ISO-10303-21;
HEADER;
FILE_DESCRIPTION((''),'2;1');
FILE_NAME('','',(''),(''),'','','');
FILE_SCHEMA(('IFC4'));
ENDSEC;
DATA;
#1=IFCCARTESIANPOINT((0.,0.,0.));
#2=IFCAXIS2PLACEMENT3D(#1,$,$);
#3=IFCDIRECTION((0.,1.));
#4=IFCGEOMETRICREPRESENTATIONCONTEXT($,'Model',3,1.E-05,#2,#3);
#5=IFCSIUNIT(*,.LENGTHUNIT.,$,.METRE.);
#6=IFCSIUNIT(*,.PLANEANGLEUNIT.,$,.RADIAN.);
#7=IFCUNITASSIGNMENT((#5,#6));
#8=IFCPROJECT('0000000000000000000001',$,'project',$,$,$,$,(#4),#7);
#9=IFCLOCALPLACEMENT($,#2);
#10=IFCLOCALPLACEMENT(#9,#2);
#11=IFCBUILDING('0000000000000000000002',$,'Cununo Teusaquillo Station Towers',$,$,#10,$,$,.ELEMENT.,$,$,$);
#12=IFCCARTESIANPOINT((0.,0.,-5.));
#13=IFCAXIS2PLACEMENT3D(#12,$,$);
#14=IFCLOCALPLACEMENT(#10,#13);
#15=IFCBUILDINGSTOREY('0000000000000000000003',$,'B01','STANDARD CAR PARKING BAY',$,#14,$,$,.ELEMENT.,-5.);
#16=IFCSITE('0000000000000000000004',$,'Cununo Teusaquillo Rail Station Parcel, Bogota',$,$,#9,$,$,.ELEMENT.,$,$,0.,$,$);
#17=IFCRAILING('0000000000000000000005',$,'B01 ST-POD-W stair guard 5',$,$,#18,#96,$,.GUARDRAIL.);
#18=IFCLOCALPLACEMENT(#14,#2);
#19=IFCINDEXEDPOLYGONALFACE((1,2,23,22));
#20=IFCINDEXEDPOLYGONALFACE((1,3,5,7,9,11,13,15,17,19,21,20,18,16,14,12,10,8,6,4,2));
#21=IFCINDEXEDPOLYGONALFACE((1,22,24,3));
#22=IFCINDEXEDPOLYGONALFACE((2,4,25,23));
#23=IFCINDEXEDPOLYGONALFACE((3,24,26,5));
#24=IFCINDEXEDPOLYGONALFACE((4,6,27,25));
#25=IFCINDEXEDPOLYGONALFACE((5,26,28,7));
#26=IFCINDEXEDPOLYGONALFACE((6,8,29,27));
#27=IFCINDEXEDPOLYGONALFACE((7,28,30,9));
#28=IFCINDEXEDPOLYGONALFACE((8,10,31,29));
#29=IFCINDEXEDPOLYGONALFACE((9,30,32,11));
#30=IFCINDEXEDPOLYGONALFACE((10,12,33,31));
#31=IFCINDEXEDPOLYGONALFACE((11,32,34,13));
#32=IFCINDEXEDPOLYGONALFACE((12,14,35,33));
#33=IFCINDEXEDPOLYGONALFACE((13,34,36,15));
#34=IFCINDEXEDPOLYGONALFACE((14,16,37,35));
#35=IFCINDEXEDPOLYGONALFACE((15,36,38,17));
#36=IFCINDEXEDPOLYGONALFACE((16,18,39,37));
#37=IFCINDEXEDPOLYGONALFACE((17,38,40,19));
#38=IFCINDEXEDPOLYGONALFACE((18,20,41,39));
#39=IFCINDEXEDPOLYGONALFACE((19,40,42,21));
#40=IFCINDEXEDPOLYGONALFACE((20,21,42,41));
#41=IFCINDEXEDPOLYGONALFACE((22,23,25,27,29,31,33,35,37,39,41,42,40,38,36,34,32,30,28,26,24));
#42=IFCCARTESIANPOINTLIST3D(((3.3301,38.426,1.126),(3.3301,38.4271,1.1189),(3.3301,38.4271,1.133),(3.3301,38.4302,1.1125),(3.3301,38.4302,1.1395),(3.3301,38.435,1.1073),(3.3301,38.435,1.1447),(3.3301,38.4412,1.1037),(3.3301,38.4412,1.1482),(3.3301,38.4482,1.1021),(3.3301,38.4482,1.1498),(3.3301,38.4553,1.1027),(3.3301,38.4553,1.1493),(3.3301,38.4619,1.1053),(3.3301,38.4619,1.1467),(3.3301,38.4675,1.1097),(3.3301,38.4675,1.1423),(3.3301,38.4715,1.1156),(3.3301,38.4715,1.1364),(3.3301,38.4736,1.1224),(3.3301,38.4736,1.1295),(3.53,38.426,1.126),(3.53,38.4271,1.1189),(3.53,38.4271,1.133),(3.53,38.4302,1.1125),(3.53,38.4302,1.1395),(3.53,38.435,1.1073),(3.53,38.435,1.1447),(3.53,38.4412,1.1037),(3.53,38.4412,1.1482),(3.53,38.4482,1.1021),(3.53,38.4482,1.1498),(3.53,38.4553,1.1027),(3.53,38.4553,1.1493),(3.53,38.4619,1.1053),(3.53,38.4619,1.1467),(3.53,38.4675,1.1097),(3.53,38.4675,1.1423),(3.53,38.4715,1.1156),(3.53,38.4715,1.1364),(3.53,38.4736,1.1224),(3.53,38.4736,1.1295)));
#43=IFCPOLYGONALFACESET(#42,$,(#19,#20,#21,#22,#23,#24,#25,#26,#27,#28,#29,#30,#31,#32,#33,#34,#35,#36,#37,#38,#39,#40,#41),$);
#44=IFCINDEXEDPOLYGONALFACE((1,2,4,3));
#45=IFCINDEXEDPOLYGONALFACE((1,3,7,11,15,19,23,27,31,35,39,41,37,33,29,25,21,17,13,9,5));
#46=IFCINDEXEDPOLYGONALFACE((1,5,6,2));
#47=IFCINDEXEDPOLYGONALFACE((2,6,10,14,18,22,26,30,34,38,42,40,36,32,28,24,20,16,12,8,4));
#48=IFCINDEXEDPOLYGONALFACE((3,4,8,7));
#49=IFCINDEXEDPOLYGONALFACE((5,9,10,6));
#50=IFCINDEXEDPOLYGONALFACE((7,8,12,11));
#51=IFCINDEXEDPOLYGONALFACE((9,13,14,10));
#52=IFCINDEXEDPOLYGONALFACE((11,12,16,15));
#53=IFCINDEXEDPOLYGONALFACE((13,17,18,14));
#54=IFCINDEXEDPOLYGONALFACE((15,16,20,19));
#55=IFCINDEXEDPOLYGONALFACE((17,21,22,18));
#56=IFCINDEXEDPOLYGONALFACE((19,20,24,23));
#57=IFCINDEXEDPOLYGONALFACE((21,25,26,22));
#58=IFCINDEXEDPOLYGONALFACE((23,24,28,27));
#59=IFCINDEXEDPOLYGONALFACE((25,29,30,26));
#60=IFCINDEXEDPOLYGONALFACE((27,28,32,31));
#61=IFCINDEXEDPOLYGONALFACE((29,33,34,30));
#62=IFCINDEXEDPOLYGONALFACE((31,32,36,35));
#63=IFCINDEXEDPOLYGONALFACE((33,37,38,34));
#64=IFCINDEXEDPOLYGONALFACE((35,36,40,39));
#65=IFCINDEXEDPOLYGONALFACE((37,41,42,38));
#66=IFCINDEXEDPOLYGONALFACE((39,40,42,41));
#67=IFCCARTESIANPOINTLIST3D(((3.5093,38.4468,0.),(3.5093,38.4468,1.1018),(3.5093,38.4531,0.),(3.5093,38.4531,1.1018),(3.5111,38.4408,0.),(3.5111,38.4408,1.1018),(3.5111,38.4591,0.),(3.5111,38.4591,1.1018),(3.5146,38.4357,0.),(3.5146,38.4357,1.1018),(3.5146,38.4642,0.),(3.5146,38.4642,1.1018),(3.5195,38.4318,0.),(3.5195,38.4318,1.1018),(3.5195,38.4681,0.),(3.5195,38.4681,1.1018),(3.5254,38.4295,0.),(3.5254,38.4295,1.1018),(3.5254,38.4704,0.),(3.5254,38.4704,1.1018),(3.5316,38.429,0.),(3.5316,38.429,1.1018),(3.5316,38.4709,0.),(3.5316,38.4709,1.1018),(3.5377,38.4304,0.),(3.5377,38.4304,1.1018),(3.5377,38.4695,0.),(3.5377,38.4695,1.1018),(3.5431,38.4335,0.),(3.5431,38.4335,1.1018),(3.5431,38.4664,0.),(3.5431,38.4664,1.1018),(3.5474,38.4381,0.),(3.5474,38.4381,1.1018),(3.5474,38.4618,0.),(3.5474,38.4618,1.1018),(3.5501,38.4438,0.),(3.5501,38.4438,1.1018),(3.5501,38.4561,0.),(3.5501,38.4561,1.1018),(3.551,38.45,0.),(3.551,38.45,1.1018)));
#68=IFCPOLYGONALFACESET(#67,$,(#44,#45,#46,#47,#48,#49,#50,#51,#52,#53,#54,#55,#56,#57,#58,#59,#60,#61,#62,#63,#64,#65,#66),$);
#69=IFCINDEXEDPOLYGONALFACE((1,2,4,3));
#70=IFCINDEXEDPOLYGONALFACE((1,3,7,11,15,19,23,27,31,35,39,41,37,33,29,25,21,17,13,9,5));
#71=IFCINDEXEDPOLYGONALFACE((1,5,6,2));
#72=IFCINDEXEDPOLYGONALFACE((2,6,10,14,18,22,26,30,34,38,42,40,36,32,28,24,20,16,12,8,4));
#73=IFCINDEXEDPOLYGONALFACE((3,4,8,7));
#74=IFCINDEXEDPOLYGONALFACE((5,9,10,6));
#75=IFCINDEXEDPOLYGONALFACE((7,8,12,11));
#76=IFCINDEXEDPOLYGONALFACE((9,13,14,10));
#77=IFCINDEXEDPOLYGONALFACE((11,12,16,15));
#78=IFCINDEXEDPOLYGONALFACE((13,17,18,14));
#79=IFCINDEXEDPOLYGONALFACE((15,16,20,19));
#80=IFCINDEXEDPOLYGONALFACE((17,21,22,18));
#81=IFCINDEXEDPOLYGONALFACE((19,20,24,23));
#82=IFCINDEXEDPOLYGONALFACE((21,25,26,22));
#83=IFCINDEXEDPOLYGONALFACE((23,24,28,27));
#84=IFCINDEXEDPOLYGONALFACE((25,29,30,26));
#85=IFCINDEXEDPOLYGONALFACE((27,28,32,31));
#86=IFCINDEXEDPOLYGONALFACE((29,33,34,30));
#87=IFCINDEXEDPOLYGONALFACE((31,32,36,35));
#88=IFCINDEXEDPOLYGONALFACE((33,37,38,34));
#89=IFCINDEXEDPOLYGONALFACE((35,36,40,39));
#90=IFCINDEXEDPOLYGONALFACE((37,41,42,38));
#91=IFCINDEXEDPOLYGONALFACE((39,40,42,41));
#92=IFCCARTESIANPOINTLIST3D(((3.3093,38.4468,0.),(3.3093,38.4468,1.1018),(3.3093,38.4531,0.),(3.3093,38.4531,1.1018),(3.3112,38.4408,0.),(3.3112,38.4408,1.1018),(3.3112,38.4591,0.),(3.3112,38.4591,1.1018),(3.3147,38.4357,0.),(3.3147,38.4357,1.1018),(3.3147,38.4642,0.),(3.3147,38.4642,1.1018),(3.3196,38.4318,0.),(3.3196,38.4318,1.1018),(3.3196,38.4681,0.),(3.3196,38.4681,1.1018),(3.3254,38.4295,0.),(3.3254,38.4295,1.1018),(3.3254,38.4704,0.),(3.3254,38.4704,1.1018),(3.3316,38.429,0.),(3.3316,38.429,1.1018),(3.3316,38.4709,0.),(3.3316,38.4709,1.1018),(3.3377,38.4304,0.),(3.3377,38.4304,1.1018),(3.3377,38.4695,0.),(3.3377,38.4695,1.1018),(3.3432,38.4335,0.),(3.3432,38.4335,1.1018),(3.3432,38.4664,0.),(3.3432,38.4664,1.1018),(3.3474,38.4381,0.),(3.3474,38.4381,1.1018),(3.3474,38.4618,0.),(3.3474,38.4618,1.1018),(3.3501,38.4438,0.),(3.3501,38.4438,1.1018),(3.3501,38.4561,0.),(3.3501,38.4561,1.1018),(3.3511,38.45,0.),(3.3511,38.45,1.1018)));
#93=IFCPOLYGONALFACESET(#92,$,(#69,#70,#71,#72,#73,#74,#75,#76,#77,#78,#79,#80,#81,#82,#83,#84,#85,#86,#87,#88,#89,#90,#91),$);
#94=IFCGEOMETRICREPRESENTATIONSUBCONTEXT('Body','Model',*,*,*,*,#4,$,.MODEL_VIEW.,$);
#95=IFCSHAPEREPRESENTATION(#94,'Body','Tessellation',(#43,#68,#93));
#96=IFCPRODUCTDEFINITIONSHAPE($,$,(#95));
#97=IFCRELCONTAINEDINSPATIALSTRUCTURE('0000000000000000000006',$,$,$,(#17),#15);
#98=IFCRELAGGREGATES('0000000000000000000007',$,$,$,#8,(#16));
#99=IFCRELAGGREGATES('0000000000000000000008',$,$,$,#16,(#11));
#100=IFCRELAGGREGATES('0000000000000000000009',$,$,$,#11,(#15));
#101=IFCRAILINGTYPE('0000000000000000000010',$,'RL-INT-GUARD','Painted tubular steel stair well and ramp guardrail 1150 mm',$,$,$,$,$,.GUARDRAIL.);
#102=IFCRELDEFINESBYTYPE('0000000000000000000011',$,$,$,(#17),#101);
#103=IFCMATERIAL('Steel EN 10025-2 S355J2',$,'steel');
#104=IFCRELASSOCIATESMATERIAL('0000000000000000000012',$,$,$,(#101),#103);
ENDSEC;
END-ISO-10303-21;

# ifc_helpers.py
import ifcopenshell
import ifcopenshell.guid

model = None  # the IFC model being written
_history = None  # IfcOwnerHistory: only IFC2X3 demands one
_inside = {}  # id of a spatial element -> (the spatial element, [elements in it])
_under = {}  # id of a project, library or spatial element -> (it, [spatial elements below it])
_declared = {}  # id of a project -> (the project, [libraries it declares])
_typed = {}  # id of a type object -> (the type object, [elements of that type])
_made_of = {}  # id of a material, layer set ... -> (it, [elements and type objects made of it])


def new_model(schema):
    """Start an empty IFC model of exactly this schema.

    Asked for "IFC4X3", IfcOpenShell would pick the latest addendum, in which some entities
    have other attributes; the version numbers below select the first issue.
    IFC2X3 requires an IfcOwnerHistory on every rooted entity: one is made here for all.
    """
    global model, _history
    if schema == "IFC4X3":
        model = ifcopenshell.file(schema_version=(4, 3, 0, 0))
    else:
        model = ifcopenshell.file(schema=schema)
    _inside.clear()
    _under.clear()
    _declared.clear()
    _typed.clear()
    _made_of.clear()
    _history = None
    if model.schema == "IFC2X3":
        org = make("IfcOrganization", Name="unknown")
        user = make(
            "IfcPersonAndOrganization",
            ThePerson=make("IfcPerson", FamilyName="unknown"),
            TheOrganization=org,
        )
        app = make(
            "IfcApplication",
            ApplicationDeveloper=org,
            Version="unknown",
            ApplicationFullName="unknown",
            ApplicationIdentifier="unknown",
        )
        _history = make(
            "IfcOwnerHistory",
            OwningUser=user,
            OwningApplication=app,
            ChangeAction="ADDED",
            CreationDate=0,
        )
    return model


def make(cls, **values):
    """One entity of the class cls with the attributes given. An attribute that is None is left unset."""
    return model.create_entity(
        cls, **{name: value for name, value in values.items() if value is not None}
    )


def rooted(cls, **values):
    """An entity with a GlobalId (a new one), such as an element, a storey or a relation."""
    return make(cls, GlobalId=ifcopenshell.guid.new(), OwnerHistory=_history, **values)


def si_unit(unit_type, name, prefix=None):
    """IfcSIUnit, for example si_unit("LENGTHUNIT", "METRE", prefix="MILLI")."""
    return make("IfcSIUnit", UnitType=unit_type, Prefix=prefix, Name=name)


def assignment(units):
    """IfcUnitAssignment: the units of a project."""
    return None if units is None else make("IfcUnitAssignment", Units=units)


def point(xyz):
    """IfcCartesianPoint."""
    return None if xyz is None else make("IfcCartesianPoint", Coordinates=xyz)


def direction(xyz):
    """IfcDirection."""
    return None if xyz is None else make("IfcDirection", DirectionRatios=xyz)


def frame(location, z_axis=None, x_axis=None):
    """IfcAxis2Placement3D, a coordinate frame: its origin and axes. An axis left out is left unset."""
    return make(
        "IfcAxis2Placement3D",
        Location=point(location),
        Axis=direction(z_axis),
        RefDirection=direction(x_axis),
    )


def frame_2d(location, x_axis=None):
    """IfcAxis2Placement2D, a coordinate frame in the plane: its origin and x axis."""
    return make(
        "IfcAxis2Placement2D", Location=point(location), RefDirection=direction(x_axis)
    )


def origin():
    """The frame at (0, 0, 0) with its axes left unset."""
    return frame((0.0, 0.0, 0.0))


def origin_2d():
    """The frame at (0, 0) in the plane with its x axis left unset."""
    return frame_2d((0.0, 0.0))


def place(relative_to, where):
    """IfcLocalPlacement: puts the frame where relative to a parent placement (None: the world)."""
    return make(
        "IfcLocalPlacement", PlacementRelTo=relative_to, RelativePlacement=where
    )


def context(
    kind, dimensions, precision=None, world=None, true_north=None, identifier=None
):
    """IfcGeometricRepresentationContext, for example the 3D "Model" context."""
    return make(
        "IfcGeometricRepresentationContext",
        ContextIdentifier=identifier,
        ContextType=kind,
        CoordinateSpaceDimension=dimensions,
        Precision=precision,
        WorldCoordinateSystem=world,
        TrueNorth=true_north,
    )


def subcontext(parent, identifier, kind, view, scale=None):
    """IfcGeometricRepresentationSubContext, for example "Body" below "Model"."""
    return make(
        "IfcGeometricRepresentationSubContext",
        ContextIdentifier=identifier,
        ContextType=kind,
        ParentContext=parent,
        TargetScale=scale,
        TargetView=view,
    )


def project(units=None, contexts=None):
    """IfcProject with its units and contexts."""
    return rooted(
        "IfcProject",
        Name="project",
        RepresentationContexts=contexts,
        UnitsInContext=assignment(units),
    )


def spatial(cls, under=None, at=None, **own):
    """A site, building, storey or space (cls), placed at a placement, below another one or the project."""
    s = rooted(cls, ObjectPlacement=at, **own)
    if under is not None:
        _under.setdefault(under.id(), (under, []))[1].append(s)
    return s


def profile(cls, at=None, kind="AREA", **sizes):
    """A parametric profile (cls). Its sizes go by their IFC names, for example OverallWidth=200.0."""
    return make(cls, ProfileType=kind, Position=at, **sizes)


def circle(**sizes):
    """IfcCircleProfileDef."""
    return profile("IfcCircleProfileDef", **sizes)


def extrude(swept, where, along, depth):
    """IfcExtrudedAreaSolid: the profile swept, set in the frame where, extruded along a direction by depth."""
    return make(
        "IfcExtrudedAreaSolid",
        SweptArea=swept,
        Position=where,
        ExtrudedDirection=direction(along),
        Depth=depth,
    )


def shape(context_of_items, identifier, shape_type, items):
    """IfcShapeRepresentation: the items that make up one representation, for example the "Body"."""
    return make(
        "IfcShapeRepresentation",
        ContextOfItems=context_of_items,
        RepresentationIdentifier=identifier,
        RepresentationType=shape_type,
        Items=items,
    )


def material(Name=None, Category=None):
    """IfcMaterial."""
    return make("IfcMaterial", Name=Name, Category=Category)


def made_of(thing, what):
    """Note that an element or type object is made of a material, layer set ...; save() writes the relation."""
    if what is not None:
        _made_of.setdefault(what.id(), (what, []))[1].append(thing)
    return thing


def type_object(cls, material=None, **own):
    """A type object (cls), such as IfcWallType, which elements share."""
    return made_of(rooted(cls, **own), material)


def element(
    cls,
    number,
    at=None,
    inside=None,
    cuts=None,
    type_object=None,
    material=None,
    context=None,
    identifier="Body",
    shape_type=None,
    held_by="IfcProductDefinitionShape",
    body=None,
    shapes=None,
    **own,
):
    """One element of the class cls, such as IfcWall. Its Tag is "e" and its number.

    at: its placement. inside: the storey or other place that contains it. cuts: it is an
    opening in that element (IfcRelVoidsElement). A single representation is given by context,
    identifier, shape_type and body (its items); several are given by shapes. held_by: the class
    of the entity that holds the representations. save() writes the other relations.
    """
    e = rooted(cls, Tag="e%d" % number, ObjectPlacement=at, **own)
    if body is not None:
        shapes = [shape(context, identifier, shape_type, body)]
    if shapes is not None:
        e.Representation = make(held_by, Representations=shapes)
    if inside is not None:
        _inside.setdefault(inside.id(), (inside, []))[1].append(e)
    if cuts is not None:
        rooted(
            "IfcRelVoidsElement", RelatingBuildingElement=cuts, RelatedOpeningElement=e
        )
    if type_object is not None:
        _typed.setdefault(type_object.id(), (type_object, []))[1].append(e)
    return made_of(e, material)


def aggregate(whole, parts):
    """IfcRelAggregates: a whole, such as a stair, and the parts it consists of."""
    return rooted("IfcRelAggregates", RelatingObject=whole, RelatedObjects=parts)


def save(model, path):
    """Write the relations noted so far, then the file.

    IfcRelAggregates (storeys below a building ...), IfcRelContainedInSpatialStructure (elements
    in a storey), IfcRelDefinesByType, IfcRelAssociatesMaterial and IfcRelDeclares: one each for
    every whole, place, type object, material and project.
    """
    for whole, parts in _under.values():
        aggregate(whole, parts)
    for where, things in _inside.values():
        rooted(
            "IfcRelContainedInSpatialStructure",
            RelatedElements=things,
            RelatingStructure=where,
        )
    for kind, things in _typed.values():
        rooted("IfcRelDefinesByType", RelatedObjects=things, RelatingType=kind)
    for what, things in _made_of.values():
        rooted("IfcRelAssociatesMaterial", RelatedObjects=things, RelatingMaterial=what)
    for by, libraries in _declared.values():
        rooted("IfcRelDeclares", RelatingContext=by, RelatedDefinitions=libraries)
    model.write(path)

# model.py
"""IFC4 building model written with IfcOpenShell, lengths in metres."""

from ifc_helpers import new_model, si_unit, direction, frame, origin, origin_2d, place, context, subcontext, project, spatial, circle, extrude, material, type_object, element, save


model = new_model("IFC4")

# Units and contexts
model_context = context("Model", 3, precision=1e-05, world=origin(), true_north=direction((0.0, 1.0)))
body_context = subcontext(model_context, "Body", "Model", "MODEL_VIEW")
ifc_project = project(units=[si_unit("LENGTHUNIT", "METRE"), si_unit("PLANEANGLEUNIT", "RADIAN")], contexts=[model_context])

# Site, building, storey
site_placement = place(None, origin())
site = spatial("IfcSite", under=ifc_project, at=site_placement, Name="Cununo Teusaquillo Rail Station Parcel, Bogota", CompositionType="ELEMENT", RefElevation=0.0)
building_placement = place(site_placement, origin())
building = spatial("IfcBuilding", under=site, at=building_placement, Name="Cununo Teusaquillo Station Towers", CompositionType="ELEMENT")
storey_placement = place(building_placement, frame((0.0, 0.0, -5.0)))
storey = spatial("IfcBuildingStorey", under=building, at=storey_placement, Name="B01", Description="STANDARD CAR PARKING BAY", CompositionType="ELEMENT", Elevation=-5.0)

# Railing
ifc_material_1 = material(Name="Steel EN 10025-2 S355J2", Category="steel")
railing_type_1 = type_object("IfcRailingType", Name="RL-INT-GUARD", Description="Painted tubular steel stair well and ramp guardrail 1150 mm", PredefinedType="GUARDRAIL", material=ifc_material_1)
railing_1_placement = place(storey_placement, frame((3.53, 38.45, 0.0)))
element("IfcRailing", 1, at=railing_1_placement, inside=storey, type_object=railing_type_1, Name="B01 ST-POD-W stair guard 5", PredefinedType="GUARDRAIL", context=body_context, shape_type="SweptSolid", body=[
    extrude(circle(Radius=0.0239, at=origin_2d()), frame((0.0, 0.0, 1.126), z_axis=(-1.0, 0.0, 0.0), x_axis=(0.0, -1.0, 0.0)), (0.0, 0.0, 1.0), 0.2),
    extrude(circle(Radius=0.021, at=origin_2d()), origin(), (0.0, 0.0, 1.0), 1.1018),
    extrude(circle(Radius=0.021, at=origin_2d()), frame((-0.2, 0.0, 0.0)), (0.0, 0.0, 1.0), 1.1018),
])

save(model, "model.ifc")
